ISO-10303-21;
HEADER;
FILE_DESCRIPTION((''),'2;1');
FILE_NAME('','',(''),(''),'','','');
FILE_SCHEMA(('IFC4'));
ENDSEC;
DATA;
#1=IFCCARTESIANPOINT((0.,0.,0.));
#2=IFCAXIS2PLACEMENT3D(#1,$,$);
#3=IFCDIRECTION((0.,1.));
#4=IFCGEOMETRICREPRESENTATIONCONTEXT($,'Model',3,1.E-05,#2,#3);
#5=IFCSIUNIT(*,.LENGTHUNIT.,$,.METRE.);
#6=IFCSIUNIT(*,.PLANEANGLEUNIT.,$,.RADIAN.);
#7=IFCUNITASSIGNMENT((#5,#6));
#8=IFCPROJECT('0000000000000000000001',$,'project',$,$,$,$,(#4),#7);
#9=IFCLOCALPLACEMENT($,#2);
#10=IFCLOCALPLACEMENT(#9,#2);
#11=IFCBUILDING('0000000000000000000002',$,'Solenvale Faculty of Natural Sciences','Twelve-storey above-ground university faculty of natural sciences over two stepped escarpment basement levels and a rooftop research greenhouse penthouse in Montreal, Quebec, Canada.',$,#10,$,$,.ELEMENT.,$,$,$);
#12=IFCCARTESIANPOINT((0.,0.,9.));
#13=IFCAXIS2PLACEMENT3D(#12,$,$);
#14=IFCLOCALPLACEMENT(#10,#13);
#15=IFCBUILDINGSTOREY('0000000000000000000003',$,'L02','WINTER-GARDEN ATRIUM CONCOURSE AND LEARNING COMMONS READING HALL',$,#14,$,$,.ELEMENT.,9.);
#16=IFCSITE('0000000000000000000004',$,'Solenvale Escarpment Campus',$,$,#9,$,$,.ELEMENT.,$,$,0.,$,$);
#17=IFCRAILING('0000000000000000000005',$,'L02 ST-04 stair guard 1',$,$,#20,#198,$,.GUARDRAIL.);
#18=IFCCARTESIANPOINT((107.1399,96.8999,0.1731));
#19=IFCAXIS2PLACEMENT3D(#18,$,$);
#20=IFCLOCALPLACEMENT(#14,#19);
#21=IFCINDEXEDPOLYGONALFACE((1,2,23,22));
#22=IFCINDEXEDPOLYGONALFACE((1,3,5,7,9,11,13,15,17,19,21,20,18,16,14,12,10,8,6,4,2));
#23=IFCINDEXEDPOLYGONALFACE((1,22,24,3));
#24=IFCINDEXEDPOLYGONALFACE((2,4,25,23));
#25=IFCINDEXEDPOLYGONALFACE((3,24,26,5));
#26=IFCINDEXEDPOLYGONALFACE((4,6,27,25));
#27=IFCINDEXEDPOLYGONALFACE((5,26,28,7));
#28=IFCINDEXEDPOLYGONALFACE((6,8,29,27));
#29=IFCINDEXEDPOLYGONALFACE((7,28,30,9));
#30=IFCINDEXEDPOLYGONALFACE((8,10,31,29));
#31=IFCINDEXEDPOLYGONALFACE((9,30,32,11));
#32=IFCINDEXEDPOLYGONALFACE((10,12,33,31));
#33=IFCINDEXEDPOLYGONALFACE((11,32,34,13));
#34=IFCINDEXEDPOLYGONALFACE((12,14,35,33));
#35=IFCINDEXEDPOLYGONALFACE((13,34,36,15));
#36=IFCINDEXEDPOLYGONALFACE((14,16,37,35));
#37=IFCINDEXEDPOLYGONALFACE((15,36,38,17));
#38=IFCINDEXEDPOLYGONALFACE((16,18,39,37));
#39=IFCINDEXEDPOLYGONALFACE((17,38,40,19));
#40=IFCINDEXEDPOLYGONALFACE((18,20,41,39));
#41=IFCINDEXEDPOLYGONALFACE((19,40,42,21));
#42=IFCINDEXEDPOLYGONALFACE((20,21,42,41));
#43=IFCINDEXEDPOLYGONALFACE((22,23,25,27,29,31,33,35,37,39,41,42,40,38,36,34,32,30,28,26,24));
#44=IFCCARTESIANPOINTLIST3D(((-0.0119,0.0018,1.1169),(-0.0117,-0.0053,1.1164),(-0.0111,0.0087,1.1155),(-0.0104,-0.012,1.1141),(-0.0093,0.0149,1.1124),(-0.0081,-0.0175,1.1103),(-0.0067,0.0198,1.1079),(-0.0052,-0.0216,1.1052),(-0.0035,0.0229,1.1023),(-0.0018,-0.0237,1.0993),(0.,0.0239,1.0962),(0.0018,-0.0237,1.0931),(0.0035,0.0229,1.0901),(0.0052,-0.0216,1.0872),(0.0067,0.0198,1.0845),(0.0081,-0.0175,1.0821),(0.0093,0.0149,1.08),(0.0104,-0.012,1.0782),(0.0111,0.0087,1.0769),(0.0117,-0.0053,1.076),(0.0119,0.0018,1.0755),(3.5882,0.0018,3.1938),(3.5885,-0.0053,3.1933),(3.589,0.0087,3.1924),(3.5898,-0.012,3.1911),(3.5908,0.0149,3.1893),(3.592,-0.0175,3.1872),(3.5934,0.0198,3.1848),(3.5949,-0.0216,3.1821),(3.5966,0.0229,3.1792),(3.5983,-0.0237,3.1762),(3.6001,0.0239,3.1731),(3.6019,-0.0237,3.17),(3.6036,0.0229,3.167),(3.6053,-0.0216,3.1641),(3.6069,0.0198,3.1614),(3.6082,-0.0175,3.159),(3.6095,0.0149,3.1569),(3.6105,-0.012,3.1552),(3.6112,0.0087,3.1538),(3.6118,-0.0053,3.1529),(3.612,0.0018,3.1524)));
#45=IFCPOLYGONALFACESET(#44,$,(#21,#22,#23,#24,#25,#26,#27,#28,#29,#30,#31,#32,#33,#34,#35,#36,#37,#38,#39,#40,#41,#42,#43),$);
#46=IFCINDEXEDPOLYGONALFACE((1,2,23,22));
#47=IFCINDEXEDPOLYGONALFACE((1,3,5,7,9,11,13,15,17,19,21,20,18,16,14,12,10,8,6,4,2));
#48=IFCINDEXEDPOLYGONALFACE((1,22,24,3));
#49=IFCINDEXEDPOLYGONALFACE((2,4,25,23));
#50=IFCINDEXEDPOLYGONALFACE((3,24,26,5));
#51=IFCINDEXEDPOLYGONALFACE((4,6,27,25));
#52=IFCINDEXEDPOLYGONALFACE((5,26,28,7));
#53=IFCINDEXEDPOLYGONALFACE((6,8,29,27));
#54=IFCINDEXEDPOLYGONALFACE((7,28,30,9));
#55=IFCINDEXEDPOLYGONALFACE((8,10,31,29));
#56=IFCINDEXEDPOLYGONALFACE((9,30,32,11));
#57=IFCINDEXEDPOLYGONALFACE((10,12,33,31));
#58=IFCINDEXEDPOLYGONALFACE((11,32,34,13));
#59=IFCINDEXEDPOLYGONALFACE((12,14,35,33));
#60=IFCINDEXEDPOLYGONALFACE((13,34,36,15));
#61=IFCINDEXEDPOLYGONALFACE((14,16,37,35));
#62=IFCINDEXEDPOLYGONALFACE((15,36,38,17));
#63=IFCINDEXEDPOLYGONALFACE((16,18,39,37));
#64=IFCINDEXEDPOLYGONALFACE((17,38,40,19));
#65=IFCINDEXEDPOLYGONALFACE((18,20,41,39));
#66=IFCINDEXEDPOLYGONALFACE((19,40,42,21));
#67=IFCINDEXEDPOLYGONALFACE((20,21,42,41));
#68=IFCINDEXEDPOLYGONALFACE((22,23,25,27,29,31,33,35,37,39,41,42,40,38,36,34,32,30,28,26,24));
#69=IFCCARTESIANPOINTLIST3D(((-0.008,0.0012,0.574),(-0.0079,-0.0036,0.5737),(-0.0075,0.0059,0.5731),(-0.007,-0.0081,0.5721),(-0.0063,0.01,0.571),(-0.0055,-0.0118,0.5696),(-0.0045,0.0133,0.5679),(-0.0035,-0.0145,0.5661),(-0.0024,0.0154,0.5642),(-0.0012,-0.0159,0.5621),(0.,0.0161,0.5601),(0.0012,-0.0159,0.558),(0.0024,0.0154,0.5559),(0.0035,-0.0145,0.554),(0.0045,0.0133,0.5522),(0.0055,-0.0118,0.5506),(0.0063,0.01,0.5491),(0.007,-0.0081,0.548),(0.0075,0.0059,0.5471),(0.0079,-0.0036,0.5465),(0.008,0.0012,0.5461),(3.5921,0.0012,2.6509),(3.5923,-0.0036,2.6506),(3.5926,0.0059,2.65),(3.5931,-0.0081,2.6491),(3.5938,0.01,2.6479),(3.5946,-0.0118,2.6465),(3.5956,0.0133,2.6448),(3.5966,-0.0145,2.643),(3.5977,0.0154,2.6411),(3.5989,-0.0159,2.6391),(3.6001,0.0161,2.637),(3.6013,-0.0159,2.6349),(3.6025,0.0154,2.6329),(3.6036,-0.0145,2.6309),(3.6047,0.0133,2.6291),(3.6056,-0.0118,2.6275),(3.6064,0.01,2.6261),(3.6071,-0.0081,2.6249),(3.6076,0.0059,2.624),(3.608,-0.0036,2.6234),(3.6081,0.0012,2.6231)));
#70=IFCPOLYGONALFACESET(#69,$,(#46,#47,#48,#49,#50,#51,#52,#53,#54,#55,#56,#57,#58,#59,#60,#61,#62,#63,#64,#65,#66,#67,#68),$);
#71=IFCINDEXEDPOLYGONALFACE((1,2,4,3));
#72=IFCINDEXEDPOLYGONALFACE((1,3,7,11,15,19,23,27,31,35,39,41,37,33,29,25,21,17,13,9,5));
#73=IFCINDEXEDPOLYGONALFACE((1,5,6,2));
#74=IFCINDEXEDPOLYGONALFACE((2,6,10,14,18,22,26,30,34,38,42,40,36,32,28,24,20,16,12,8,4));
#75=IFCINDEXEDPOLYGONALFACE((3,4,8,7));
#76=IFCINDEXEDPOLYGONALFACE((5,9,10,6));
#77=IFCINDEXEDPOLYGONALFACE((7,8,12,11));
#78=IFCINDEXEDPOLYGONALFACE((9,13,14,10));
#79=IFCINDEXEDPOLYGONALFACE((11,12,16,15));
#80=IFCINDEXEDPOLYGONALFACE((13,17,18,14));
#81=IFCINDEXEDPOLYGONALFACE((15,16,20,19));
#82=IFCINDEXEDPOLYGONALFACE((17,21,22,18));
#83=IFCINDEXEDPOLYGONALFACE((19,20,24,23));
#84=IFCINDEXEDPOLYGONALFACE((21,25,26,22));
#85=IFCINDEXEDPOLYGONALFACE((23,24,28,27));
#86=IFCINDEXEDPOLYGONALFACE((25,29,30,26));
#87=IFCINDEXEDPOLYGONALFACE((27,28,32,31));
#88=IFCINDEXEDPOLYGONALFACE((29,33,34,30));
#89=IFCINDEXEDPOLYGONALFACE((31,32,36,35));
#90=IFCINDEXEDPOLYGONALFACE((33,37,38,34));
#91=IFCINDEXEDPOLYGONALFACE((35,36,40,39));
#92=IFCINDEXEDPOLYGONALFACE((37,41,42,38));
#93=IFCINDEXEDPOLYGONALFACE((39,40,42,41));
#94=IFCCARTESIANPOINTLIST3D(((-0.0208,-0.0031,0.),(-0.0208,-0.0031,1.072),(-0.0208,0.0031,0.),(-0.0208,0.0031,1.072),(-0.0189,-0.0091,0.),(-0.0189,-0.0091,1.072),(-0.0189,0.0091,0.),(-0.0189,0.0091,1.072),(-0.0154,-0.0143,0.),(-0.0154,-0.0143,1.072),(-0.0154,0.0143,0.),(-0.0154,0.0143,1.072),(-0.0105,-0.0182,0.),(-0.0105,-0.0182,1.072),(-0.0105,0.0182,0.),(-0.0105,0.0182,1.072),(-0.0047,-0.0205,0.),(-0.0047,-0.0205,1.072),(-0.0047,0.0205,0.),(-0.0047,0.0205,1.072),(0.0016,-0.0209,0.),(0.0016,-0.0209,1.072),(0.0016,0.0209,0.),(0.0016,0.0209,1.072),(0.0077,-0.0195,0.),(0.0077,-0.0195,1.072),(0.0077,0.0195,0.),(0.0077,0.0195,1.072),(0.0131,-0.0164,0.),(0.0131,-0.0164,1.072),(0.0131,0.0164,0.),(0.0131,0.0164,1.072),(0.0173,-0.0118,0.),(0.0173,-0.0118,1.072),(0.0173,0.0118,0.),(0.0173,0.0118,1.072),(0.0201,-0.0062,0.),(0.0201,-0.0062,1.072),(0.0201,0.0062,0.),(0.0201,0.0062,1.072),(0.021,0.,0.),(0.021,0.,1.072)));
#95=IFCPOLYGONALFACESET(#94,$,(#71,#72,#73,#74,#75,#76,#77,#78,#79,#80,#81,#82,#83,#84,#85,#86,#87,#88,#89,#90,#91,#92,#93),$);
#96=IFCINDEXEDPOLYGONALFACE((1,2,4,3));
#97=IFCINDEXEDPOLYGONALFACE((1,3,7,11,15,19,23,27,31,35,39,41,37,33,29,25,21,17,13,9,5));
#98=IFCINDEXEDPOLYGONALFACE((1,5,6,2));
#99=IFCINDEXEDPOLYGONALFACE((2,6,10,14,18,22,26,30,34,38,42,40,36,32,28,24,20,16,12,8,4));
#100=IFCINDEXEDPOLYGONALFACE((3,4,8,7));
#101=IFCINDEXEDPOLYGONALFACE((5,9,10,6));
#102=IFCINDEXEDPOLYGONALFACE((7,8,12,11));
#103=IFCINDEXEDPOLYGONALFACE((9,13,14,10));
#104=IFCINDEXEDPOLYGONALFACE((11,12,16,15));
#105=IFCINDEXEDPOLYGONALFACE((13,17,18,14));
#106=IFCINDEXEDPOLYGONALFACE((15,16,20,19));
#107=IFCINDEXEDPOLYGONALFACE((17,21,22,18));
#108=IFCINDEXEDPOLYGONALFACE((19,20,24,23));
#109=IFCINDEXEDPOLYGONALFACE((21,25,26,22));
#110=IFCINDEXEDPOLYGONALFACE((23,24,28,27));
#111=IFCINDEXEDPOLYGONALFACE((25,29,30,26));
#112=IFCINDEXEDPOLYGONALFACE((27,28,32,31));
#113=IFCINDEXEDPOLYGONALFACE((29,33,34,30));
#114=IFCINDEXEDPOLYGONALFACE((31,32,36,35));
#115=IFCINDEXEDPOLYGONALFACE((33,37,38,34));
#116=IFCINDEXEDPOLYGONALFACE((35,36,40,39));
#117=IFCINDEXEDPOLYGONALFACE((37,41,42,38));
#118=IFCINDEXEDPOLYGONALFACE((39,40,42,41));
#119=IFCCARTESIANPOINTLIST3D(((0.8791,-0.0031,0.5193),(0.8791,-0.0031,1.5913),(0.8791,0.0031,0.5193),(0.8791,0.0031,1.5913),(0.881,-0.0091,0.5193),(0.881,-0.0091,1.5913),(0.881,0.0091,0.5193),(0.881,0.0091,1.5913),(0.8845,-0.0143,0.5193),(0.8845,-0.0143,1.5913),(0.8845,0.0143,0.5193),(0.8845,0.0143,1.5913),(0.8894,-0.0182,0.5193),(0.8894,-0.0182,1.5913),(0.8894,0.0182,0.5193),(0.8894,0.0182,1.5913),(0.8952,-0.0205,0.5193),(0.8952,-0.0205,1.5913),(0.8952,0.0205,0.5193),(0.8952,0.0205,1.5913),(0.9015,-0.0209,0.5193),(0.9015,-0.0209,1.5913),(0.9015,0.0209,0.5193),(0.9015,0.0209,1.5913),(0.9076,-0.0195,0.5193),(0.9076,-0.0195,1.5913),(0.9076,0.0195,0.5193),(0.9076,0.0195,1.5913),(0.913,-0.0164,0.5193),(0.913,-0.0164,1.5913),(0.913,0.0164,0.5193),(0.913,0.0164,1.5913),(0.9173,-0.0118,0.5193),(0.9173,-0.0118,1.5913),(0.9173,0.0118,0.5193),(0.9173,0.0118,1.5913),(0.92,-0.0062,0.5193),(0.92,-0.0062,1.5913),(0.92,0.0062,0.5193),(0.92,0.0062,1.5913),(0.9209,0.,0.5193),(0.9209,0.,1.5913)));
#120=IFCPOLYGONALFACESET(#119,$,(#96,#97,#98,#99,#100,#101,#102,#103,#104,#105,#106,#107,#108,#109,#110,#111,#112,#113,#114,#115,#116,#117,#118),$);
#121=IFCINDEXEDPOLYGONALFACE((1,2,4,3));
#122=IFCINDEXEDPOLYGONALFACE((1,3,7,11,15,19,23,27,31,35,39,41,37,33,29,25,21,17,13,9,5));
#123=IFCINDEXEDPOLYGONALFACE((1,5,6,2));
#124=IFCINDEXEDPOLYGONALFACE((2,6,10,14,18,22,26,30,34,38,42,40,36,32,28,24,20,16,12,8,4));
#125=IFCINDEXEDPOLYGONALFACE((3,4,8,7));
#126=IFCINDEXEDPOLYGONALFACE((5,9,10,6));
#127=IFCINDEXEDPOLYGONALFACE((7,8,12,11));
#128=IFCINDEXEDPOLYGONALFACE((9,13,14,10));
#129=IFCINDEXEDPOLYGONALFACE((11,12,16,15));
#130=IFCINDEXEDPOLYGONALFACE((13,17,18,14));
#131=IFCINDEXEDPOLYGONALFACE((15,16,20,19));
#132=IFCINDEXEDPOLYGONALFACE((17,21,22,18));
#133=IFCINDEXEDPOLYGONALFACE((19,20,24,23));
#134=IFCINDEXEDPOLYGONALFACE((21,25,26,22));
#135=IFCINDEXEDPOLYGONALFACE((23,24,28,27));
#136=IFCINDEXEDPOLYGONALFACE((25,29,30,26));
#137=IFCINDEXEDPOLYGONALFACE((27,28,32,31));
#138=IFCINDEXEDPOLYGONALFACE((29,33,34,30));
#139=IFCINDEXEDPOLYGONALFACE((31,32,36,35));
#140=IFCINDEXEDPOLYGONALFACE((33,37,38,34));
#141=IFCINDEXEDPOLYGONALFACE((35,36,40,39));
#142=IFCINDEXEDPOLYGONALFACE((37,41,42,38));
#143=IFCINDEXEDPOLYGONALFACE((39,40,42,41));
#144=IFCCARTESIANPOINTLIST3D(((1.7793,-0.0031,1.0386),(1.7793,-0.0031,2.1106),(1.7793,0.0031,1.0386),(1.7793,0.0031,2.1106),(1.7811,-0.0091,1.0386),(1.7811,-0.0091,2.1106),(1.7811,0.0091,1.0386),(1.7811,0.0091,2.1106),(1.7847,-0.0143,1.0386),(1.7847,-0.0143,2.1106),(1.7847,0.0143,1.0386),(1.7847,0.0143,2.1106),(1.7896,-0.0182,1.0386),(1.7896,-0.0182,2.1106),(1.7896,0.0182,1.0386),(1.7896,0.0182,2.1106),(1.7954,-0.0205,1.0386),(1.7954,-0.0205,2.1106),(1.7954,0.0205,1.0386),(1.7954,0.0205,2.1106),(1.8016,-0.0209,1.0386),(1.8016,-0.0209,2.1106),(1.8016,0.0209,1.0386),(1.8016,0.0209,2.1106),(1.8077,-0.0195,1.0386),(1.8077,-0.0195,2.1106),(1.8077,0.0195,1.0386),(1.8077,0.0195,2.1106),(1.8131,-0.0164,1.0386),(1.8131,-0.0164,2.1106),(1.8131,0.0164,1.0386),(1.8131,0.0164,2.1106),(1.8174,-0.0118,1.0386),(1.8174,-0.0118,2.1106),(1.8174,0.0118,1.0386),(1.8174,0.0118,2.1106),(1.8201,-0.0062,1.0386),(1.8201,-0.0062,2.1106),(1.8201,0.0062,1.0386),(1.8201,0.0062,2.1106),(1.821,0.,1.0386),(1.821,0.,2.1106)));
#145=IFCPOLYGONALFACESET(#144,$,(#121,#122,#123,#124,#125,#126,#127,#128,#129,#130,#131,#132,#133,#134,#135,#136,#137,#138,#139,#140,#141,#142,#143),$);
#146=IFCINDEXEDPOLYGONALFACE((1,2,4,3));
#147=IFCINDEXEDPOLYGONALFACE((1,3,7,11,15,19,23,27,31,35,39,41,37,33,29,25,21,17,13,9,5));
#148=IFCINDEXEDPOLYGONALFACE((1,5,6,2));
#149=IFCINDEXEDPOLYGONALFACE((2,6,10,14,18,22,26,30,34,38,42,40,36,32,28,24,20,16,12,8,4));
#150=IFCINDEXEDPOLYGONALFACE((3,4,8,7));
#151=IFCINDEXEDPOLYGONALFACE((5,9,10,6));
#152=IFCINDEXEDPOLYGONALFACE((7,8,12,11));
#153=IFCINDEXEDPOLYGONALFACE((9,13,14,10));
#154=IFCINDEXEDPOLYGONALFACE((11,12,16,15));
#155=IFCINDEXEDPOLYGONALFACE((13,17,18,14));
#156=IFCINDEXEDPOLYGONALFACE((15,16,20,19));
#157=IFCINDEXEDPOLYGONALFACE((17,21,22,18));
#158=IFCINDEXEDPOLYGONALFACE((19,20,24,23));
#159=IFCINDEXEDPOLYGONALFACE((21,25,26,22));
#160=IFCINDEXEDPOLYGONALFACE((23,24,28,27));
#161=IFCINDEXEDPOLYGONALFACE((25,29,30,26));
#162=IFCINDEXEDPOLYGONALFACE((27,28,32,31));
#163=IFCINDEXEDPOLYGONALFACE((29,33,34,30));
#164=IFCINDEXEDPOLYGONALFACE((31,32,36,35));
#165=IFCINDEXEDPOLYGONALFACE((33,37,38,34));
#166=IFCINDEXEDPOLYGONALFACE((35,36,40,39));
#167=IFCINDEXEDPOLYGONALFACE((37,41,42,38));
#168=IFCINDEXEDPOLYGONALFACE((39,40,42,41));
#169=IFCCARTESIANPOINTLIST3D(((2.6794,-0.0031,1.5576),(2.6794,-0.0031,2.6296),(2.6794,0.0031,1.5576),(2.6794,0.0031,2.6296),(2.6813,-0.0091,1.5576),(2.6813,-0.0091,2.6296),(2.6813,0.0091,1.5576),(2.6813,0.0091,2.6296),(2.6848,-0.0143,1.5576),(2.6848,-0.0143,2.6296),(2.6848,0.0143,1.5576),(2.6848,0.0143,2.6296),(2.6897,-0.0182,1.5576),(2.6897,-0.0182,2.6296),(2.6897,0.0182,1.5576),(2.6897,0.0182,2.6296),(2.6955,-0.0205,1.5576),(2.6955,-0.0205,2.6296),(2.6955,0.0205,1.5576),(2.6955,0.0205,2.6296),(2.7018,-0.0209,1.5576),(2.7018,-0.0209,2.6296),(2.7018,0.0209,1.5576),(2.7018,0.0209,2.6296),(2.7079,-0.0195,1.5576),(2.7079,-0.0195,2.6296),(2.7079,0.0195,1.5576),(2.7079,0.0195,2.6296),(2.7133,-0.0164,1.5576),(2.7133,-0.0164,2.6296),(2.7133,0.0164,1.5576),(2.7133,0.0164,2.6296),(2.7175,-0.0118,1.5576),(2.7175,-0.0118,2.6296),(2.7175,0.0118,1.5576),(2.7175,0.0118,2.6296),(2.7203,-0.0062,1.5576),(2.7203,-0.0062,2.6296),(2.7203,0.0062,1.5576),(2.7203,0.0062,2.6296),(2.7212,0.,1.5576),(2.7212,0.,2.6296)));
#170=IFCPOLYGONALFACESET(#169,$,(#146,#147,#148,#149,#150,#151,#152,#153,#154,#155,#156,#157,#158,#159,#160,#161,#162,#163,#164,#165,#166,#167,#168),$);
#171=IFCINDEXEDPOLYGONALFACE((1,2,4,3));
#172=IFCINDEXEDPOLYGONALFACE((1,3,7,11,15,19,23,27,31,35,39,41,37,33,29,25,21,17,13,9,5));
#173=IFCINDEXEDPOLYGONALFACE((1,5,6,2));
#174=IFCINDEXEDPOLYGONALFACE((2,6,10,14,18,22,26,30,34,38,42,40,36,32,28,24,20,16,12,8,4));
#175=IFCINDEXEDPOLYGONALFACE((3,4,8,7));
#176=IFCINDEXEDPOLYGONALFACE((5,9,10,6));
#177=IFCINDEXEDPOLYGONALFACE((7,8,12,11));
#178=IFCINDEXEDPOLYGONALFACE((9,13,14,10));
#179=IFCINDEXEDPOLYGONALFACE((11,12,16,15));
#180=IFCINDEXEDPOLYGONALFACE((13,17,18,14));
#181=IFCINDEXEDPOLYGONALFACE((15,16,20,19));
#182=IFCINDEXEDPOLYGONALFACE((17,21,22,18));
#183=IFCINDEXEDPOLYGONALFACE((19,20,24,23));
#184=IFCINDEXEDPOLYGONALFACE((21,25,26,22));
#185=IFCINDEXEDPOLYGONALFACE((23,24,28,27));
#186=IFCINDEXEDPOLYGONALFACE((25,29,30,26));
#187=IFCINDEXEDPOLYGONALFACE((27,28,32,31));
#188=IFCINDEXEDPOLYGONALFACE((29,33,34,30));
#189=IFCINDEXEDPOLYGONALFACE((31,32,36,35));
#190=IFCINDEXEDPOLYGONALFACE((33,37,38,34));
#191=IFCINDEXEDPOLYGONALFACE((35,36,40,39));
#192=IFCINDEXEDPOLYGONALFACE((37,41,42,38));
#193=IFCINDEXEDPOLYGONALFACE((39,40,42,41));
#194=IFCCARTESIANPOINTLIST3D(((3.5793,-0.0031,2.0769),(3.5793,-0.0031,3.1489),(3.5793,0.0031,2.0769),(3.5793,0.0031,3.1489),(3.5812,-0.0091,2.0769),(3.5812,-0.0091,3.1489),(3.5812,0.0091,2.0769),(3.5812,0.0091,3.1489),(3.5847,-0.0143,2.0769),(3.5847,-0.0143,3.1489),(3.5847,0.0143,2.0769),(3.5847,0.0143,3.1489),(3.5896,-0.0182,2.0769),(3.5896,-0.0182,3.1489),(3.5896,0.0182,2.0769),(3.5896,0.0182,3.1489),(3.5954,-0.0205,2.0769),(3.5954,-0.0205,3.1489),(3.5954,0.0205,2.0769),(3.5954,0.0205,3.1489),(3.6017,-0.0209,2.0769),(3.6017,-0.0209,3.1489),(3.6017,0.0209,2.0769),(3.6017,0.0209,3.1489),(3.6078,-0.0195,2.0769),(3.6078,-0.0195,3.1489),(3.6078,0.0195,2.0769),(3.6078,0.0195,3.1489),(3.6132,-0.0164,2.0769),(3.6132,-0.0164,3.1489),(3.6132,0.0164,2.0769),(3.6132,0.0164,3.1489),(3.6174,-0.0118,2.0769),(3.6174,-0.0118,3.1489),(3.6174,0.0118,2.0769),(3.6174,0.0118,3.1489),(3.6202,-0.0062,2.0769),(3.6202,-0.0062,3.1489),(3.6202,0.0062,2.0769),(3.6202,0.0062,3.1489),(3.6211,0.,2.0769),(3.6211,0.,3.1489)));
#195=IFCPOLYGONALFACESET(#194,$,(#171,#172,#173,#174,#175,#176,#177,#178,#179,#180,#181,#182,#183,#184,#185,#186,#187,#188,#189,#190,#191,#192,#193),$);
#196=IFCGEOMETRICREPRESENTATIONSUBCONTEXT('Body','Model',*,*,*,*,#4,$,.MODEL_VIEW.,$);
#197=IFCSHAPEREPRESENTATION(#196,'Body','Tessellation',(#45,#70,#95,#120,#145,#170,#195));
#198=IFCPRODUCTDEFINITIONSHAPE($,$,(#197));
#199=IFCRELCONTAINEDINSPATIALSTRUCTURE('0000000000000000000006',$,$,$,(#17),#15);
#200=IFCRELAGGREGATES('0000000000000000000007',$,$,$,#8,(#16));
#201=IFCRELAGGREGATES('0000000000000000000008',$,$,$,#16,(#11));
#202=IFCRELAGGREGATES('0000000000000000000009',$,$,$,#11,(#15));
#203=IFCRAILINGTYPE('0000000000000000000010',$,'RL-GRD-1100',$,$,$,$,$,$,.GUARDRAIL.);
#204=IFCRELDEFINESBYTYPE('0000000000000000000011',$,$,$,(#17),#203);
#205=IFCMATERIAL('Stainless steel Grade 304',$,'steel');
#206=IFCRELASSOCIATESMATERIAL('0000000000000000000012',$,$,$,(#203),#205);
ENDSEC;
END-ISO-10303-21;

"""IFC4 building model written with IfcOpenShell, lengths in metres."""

from ifc_helpers import new_model, si_unit, direction, frame, origin, origin_2d, place, context, subcontext, project, spatial, circle, extrude, material, type_object, element, save


model = new_model("IFC4")

# Units and contexts
model_context = context("Model", 3, precision=1e-05, world=origin(), true_north=direction((0.0, 1.0)))
body_context = subcontext(model_context, "Body", "Model", "MODEL_VIEW")
ifc_project = project(units=[si_unit("LENGTHUNIT", "METRE"), si_unit("PLANEANGLEUNIT", "RADIAN")], contexts=[model_context])

# Site, building, storey
site_placement = place(None, origin())
site = spatial("IfcSite", under=ifc_project, at=site_placement, Name="Solenvale Escarpment Campus", CompositionType="ELEMENT", RefElevation=0.0)
building_placement = place(site_placement, origin())
building = spatial("IfcBuilding", under=site, at=building_placement, Name="Solenvale Faculty of Natural Sciences", Description="Twelve-storey above-ground university faculty of natural sciences over two stepped escarpment basement levels and a rooftop research greenhouse penthouse in Montreal, Quebec, Canada.", CompositionType="ELEMENT")
storey_placement = place(building_placement, frame((0.0, 0.0, 9.0)))
storey = spatial("IfcBuildingStorey", under=building, at=storey_placement, Name="L02", Description="WINTER-GARDEN ATRIUM CONCOURSE AND LEARNING COMMONS READING HALL", CompositionType="ELEMENT", Elevation=9.0)

# Railing
ifc_material_1 = material(Name="Stainless steel Grade 304", Category="steel")
railing_type_1 = type_object("IfcRailingType", Name="RL-GRD-1100", PredefinedType="GUARDRAIL", material=ifc_material_1)
railing_1_placement = place(storey_placement, frame((107.1399, 96.8999, 0.1731)))
element("IfcRailing", 1, at=railing_1_placement, inside=storey, type_object=railing_type_1, Name="L02 ST-04 stair guard 1", PredefinedType="GUARDRAIL", context=body_context, shape_type="SweptSolid", body=[
    extrude(circle(Radius=0.0239, at=origin_2d()), frame((0.0, 0.0, 1.0962), z_axis=(0.866193, 0.0, 0.499709), x_axis=(0.0, 1.0, 0.0)), (0.0, 0.0, 1.0), 4.1562),
    extrude(circle(Radius=0.0161, at=origin_2d()), frame((0.0, 0.0, 0.5601), z_axis=(0.866193, 0.0, 0.499709), x_axis=(0.0, 1.0, 0.0)), (0.0, 0.0, 1.0), 4.1562),
    extrude(circle(Radius=0.021, at=origin_2d()), origin(), (0.0, 0.0, 1.0), 1.072),
    extrude(circle(Radius=0.021, at=origin_2d()), frame((0.8999, 0.0, 0.5193)), (0.0, 0.0, 1.0), 1.072),
    extrude(circle(Radius=0.021, at=origin_2d()), frame((1.8, 0.0, 1.0386)), (0.0, 0.0, 1.0), 1.072),
    extrude(circle(Radius=0.021, at=origin_2d()), frame((2.7002, 0.0, 1.5576)), (0.0, 0.0, 1.0), 1.072),
    extrude(circle(Radius=0.021, at=origin_2d()), frame((3.6001, 0.0, 2.0769)), (0.0, 0.0, 1.0), 1.072),
])

save(model, "model.ifc")
